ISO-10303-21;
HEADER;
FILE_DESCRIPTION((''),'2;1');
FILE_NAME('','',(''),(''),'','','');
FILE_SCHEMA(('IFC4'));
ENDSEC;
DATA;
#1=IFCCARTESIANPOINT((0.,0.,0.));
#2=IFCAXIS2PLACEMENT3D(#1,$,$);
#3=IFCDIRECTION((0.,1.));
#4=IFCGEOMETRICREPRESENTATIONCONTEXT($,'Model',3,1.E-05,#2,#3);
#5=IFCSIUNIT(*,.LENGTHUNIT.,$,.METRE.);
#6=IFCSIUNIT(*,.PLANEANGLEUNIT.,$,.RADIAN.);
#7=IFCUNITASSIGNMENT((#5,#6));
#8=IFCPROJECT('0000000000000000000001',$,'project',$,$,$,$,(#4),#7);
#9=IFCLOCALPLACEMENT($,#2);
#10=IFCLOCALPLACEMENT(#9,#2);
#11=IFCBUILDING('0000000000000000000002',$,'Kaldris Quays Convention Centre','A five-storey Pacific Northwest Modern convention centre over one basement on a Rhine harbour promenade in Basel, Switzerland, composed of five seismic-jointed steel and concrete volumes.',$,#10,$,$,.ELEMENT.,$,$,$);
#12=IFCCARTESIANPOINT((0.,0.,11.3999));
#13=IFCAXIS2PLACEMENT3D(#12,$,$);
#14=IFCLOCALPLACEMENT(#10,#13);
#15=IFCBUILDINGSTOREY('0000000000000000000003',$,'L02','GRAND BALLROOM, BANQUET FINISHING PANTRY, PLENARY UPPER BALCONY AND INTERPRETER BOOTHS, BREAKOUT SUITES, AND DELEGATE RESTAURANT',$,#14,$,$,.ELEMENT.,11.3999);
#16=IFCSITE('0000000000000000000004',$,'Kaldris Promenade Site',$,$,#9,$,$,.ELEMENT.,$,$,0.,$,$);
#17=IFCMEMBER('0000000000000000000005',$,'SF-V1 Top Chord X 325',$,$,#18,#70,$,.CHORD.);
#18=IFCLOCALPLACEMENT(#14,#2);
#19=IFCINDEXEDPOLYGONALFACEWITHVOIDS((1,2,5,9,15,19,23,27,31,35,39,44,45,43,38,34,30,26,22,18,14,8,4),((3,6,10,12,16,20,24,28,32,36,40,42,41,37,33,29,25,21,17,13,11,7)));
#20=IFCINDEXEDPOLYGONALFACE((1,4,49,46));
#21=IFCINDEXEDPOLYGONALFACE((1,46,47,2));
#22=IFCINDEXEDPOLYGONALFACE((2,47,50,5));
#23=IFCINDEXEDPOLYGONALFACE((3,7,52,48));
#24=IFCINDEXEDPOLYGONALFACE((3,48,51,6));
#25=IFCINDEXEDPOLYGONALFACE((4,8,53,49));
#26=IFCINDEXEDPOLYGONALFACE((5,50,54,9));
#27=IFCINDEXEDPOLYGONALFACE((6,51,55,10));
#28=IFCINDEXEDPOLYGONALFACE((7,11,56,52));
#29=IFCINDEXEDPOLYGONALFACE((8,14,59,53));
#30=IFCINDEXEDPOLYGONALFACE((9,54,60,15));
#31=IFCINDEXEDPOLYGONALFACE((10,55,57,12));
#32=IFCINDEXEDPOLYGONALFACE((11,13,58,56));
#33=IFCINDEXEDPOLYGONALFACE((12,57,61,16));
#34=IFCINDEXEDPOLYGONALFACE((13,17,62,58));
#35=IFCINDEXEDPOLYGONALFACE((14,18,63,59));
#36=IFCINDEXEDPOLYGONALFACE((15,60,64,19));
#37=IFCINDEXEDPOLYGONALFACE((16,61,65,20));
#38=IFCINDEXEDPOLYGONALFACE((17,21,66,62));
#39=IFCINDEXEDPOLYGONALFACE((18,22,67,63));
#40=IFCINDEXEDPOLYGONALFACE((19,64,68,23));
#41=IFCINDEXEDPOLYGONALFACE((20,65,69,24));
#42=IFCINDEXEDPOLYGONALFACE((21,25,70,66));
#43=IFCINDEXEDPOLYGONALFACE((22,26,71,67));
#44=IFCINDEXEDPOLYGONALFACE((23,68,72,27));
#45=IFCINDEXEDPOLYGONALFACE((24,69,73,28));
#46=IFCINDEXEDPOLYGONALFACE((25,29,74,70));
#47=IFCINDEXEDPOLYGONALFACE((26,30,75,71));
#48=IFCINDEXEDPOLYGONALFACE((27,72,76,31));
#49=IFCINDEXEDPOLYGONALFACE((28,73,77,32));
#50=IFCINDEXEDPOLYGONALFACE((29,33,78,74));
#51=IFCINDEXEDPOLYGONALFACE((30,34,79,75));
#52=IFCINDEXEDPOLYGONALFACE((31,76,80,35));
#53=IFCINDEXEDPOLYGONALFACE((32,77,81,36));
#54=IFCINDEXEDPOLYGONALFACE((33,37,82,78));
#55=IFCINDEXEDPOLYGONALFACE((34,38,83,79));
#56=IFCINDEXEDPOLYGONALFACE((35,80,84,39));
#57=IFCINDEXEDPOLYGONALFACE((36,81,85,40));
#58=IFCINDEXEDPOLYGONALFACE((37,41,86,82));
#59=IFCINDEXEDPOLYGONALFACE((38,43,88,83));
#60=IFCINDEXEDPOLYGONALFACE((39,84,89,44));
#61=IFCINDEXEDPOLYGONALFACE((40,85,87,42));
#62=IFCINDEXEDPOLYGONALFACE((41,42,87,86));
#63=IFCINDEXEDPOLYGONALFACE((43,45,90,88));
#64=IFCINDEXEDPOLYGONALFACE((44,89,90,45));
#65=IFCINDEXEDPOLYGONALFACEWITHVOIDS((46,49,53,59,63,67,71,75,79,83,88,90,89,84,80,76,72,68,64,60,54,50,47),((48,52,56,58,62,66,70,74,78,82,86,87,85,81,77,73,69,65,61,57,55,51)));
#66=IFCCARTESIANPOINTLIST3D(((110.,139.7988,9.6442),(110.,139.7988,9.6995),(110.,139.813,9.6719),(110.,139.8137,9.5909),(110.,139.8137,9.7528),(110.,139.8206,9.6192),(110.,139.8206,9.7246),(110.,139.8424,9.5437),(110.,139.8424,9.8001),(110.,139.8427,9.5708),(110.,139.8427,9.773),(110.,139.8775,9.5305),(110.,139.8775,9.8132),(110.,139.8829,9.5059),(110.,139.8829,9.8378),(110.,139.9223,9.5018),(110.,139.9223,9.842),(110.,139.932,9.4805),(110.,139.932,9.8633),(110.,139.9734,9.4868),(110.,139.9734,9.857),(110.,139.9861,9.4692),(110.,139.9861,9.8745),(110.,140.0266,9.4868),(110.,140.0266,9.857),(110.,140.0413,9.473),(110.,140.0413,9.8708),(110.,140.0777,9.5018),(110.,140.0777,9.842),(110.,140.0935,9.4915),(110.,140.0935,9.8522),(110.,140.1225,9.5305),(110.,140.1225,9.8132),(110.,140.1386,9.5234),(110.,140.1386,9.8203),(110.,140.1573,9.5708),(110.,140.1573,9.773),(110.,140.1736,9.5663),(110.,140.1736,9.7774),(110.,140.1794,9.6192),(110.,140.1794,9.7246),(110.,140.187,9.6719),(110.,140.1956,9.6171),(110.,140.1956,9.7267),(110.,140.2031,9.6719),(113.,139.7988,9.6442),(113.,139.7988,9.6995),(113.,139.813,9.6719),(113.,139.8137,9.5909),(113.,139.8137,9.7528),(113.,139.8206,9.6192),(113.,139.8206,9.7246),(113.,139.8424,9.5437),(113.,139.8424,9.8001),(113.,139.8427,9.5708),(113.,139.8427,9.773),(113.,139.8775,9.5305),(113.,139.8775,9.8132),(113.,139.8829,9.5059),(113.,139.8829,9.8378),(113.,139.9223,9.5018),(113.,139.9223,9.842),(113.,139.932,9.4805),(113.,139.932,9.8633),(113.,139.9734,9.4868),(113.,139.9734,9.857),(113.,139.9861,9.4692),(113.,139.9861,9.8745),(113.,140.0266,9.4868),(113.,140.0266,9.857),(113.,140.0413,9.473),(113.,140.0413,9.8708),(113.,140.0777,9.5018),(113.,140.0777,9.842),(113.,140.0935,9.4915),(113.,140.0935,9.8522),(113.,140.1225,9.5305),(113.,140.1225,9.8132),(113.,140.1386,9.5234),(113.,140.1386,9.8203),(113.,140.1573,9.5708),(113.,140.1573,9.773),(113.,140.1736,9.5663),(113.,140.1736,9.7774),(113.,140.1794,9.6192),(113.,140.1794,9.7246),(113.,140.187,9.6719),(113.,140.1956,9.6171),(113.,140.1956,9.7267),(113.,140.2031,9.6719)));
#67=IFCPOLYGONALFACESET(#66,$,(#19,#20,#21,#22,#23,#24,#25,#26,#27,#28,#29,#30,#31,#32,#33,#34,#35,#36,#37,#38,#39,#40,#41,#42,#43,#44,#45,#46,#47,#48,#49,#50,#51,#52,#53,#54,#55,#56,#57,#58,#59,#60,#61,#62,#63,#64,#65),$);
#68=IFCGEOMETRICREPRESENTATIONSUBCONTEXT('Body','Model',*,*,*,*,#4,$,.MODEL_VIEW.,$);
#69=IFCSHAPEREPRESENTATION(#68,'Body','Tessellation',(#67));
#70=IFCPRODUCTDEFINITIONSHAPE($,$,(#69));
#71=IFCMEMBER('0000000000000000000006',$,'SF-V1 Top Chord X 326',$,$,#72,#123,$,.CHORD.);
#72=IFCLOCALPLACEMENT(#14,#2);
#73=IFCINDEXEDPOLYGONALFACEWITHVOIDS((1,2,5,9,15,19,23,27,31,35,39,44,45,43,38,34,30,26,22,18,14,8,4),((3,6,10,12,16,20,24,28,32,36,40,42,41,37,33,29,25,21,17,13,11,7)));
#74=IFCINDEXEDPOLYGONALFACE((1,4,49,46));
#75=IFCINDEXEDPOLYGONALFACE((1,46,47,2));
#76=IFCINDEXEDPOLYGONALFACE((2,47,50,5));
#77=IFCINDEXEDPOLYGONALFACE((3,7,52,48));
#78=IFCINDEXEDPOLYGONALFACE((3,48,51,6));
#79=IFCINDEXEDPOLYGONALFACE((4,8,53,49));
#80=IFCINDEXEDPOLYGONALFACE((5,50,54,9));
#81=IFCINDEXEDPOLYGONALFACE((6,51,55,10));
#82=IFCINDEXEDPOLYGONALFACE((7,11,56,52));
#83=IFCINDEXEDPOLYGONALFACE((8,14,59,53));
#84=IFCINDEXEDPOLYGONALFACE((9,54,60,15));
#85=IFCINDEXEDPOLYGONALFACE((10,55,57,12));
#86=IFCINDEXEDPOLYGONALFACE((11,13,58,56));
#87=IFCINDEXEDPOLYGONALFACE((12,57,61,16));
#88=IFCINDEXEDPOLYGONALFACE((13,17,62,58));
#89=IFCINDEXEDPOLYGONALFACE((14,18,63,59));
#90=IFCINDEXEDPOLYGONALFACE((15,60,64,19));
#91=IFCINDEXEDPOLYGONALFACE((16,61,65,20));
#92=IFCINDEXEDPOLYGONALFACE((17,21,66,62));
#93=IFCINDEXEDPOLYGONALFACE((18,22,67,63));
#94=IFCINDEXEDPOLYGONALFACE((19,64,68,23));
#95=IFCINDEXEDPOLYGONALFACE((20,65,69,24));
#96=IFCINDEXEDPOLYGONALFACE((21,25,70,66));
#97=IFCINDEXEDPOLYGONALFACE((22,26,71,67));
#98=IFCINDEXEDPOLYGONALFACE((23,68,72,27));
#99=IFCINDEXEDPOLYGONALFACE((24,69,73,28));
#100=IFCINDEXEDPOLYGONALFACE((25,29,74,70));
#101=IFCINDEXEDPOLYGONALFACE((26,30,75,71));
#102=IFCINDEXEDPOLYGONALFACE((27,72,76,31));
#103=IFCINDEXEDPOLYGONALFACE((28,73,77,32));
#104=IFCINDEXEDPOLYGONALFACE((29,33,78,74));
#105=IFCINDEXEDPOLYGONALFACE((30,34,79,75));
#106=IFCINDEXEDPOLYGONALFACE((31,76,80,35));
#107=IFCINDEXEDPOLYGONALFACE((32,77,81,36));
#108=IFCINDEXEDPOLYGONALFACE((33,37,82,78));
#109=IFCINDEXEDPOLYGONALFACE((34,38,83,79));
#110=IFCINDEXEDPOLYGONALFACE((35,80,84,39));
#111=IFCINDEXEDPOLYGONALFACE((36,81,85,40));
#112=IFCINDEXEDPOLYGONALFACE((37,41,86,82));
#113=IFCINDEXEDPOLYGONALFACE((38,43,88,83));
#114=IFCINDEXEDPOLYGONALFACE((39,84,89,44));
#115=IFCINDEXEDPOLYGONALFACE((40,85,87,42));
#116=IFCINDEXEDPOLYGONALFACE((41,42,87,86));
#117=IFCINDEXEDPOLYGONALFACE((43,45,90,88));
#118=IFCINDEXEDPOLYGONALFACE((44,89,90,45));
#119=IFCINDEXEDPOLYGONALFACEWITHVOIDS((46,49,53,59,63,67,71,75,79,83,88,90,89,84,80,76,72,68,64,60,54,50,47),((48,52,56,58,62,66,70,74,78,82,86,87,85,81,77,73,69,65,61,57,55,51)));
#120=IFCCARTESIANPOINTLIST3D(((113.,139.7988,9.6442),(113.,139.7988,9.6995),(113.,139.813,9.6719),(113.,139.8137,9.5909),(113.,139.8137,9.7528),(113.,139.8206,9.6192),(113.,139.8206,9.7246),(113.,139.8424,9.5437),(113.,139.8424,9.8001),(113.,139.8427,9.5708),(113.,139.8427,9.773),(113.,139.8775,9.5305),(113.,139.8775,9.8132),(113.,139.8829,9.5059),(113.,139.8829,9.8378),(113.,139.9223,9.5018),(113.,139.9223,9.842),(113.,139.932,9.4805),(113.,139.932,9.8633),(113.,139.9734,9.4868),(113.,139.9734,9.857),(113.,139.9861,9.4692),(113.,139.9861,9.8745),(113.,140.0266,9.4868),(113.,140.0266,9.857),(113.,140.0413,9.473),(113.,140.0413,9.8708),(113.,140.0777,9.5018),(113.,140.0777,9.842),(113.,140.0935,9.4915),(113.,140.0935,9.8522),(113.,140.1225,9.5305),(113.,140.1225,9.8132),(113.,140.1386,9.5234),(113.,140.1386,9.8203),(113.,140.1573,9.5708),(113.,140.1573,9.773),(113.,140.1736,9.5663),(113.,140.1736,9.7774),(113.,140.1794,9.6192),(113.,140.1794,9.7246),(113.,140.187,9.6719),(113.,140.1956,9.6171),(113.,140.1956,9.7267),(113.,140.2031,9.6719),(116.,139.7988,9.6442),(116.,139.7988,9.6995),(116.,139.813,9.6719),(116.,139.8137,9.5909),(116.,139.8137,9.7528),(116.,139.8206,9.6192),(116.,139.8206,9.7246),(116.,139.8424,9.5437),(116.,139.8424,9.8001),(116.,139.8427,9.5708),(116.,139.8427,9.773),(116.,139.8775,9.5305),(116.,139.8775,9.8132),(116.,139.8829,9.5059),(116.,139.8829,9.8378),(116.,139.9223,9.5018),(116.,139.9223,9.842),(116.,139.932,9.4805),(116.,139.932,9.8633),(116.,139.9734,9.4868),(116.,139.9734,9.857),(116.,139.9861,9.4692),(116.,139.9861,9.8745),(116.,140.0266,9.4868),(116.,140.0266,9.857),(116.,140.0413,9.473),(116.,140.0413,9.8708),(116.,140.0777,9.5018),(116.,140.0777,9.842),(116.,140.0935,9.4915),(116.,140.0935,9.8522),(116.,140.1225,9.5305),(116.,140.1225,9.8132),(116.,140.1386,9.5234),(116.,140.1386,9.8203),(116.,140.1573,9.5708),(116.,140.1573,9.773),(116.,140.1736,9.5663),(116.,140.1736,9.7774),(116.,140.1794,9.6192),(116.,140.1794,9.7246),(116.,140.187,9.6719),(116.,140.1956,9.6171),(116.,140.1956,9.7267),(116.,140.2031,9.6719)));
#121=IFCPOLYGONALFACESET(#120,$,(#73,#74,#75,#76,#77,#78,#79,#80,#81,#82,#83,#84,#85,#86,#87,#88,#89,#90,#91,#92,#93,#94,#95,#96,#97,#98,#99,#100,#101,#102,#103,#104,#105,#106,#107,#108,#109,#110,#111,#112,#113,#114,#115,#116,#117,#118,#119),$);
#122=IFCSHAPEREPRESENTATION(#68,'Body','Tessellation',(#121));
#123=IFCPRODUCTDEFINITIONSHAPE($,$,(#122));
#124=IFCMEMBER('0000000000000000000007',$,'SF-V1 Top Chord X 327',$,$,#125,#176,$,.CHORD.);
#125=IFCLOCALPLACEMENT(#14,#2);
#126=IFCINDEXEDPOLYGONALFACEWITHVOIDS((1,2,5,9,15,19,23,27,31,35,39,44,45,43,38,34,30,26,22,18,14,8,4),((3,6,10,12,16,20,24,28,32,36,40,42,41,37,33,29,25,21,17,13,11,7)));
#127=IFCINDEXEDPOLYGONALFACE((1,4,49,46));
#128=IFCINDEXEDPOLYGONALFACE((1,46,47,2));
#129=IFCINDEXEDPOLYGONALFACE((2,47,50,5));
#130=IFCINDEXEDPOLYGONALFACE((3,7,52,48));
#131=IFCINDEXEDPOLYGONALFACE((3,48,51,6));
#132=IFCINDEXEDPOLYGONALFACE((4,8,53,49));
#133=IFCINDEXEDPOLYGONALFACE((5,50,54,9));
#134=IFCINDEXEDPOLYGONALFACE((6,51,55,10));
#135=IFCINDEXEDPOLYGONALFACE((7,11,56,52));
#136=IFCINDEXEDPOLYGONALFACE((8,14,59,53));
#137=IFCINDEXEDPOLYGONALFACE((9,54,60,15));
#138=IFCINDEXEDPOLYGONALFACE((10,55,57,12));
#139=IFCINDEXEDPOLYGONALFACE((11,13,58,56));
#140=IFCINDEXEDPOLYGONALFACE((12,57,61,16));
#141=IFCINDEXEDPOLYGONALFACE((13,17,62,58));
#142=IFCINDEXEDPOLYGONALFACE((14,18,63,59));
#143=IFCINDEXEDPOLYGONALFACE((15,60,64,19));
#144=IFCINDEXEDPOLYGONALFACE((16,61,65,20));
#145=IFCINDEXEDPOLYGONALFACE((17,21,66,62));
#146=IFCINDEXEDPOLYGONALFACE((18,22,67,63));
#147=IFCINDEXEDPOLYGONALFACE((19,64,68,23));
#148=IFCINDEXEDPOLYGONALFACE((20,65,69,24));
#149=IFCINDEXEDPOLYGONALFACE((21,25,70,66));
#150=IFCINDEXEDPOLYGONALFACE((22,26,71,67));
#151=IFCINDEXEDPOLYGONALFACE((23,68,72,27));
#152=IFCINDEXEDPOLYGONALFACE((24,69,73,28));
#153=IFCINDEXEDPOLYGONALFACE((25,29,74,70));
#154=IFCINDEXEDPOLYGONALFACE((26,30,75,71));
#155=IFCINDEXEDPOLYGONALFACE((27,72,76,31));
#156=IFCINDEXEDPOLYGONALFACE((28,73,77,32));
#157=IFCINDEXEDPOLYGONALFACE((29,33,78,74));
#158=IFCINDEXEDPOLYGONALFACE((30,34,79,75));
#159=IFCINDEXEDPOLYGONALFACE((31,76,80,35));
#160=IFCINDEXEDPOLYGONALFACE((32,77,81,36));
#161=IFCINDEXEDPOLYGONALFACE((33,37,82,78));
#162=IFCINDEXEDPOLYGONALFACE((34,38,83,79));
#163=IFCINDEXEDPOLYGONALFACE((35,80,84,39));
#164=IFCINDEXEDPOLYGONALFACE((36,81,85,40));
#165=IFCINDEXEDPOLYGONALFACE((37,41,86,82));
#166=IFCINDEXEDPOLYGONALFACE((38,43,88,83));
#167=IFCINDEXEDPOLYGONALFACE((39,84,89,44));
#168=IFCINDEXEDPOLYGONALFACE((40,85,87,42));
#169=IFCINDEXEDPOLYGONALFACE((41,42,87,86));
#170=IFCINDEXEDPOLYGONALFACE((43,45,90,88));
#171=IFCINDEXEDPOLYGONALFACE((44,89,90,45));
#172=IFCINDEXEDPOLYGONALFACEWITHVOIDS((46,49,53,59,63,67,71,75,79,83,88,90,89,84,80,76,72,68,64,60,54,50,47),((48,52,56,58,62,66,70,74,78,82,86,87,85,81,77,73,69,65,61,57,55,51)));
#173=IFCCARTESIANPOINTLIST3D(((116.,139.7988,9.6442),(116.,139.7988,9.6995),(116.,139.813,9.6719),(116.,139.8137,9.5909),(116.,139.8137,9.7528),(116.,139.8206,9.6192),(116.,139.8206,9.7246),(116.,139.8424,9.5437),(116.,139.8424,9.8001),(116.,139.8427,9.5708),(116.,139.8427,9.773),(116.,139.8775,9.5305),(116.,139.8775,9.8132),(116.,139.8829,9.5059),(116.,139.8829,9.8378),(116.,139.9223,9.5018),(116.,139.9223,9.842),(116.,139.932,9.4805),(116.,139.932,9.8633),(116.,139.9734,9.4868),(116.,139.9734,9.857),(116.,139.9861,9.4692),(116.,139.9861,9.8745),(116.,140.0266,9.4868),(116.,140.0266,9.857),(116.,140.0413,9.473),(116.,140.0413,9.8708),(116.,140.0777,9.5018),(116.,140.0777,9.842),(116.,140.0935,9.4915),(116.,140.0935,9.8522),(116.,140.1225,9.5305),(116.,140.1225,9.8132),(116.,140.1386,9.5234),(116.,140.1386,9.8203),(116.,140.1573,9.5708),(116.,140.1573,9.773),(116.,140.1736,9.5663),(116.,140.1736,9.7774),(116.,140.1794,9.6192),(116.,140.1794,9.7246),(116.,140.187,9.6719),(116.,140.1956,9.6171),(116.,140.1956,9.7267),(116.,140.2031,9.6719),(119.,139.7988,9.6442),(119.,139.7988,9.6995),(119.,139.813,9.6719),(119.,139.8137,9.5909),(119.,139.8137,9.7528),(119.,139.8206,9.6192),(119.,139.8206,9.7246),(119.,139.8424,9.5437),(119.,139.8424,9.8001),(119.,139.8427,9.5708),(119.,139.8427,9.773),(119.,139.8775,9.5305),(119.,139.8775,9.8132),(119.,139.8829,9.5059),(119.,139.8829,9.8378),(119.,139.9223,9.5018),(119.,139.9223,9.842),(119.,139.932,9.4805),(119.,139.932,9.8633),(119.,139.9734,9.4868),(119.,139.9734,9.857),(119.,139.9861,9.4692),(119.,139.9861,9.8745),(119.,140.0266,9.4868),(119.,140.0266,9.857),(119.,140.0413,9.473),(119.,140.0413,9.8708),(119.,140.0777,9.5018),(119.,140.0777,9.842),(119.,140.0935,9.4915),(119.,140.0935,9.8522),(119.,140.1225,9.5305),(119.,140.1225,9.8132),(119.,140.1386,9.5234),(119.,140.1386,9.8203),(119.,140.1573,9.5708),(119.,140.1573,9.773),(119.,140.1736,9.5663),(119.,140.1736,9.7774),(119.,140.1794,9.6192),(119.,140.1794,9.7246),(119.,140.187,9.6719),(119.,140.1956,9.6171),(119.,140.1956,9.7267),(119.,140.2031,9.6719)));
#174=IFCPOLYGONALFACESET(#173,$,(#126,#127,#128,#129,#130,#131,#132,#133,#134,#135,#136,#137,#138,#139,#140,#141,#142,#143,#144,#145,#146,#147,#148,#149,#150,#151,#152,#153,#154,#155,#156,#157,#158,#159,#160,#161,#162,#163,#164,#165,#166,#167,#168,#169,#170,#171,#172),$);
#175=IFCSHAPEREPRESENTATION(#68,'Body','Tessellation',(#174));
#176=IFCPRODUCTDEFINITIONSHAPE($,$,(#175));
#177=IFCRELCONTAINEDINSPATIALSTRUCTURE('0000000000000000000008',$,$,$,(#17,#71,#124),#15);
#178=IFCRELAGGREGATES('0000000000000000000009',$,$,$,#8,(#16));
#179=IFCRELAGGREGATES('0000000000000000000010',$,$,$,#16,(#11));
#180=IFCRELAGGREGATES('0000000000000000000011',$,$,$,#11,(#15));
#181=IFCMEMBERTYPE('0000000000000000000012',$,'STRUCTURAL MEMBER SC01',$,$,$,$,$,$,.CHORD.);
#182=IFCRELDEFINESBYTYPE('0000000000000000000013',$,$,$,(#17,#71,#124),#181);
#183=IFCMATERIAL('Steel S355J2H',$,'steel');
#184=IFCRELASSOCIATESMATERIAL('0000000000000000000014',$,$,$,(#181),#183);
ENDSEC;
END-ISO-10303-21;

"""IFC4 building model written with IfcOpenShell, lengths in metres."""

from ifc_helpers import new_model, si_unit, direction, frame, origin, origin_2d, place, context, subcontext, project, spatial, hollow_circle, extrude, material, material_profile, profile_set, type_object, element, save


model = new_model("IFC4")

# Units and contexts
model_context = context("Model", 3, precision=1e-05, world=origin(), true_north=direction((0.0, 1.0)))
body_context = subcontext(model_context, "Body", "Model", "MODEL_VIEW")
ifc_project = project(units=[si_unit("LENGTHUNIT", "METRE"), si_unit("PLANEANGLEUNIT", "RADIAN")], contexts=[model_context])

# Site, building, storey
site_placement = place(None, origin())
site = spatial("IfcSite", under=ifc_project, at=site_placement, Name="Kaldris Promenade Site", CompositionType="ELEMENT", RefElevation=0.0)
building_placement = place(site_placement, origin())
building = spatial("IfcBuilding", under=site, at=building_placement, Name="Kaldris Quays Convention Centre", Description="A five-storey Pacific Northwest Modern convention centre over one basement on a Rhine harbour promenade in Basel, Switzerland, composed of five seismic-jointed steel and concrete volumes.", CompositionType="ELEMENT")
storey_placement = place(building_placement, frame((0.0, 0.0, 11.3999)))
storey = spatial("IfcBuildingStorey", under=building, at=storey_placement, Name="L02", Description="GRAND BALLROOM, BANQUET FINISHING PANTRY, PLENARY UPPER BALCONY AND INTERPRETER BOOTHS, BREAKOUT SUITES, AND DELEGATE RESTAURANT", CompositionType="ELEMENT", Elevation=11.3999)

# Members
ifc_material_1 = material(Name="Steel S355J2H", Category="steel")
ifc_material_profile_1 = material_profile(ifc_material_1, hollow_circle(Radius=0.2031, WallThickness=0.0161, at=origin_2d()), Name="CHS 406.4x16")
ifc_profile_set_1 = profile_set([ifc_material_profile_1], Name="Steel S355J2H")
member_type_1 = type_object("IfcMemberType", Name="STRUCTURAL MEMBER SC01", PredefinedType="CHORD", material=ifc_profile_set_1)
for number, where, z_axis, x_axis, name in (
    (1, (110.0, 140.0, 9.6719), (1.0, 0.0, 0.0), (0.0, 1.0, 0.0), "SF-V1 Top Chord X 325"),
    (2, (113.0, 140.0, 9.6719), (1.0, 0.0, 0.0), (0.0, 1.0, 0.0), "SF-V1 Top Chord X 326"),
    (3, (116.0, 140.0, 9.6719), (1.0, 0.0, 0.0), (0.0, 1.0, 0.0), "SF-V1 Top Chord X 327"),
):
    element("IfcMember", number, at=place(storey_placement, frame(where, z_axis=z_axis, x_axis=x_axis)), inside=storey, type_object=member_type_1, Name=name, PredefinedType="CHORD", context=body_context, shape_type="SweptSolid", body=[
        extrude(hollow_circle(Radius=0.2031, WallThickness=0.0161, at=origin_2d()), origin(), (0.0, 0.0, 1.0), 3.0),
    ])

save(model, "model.ifc")
